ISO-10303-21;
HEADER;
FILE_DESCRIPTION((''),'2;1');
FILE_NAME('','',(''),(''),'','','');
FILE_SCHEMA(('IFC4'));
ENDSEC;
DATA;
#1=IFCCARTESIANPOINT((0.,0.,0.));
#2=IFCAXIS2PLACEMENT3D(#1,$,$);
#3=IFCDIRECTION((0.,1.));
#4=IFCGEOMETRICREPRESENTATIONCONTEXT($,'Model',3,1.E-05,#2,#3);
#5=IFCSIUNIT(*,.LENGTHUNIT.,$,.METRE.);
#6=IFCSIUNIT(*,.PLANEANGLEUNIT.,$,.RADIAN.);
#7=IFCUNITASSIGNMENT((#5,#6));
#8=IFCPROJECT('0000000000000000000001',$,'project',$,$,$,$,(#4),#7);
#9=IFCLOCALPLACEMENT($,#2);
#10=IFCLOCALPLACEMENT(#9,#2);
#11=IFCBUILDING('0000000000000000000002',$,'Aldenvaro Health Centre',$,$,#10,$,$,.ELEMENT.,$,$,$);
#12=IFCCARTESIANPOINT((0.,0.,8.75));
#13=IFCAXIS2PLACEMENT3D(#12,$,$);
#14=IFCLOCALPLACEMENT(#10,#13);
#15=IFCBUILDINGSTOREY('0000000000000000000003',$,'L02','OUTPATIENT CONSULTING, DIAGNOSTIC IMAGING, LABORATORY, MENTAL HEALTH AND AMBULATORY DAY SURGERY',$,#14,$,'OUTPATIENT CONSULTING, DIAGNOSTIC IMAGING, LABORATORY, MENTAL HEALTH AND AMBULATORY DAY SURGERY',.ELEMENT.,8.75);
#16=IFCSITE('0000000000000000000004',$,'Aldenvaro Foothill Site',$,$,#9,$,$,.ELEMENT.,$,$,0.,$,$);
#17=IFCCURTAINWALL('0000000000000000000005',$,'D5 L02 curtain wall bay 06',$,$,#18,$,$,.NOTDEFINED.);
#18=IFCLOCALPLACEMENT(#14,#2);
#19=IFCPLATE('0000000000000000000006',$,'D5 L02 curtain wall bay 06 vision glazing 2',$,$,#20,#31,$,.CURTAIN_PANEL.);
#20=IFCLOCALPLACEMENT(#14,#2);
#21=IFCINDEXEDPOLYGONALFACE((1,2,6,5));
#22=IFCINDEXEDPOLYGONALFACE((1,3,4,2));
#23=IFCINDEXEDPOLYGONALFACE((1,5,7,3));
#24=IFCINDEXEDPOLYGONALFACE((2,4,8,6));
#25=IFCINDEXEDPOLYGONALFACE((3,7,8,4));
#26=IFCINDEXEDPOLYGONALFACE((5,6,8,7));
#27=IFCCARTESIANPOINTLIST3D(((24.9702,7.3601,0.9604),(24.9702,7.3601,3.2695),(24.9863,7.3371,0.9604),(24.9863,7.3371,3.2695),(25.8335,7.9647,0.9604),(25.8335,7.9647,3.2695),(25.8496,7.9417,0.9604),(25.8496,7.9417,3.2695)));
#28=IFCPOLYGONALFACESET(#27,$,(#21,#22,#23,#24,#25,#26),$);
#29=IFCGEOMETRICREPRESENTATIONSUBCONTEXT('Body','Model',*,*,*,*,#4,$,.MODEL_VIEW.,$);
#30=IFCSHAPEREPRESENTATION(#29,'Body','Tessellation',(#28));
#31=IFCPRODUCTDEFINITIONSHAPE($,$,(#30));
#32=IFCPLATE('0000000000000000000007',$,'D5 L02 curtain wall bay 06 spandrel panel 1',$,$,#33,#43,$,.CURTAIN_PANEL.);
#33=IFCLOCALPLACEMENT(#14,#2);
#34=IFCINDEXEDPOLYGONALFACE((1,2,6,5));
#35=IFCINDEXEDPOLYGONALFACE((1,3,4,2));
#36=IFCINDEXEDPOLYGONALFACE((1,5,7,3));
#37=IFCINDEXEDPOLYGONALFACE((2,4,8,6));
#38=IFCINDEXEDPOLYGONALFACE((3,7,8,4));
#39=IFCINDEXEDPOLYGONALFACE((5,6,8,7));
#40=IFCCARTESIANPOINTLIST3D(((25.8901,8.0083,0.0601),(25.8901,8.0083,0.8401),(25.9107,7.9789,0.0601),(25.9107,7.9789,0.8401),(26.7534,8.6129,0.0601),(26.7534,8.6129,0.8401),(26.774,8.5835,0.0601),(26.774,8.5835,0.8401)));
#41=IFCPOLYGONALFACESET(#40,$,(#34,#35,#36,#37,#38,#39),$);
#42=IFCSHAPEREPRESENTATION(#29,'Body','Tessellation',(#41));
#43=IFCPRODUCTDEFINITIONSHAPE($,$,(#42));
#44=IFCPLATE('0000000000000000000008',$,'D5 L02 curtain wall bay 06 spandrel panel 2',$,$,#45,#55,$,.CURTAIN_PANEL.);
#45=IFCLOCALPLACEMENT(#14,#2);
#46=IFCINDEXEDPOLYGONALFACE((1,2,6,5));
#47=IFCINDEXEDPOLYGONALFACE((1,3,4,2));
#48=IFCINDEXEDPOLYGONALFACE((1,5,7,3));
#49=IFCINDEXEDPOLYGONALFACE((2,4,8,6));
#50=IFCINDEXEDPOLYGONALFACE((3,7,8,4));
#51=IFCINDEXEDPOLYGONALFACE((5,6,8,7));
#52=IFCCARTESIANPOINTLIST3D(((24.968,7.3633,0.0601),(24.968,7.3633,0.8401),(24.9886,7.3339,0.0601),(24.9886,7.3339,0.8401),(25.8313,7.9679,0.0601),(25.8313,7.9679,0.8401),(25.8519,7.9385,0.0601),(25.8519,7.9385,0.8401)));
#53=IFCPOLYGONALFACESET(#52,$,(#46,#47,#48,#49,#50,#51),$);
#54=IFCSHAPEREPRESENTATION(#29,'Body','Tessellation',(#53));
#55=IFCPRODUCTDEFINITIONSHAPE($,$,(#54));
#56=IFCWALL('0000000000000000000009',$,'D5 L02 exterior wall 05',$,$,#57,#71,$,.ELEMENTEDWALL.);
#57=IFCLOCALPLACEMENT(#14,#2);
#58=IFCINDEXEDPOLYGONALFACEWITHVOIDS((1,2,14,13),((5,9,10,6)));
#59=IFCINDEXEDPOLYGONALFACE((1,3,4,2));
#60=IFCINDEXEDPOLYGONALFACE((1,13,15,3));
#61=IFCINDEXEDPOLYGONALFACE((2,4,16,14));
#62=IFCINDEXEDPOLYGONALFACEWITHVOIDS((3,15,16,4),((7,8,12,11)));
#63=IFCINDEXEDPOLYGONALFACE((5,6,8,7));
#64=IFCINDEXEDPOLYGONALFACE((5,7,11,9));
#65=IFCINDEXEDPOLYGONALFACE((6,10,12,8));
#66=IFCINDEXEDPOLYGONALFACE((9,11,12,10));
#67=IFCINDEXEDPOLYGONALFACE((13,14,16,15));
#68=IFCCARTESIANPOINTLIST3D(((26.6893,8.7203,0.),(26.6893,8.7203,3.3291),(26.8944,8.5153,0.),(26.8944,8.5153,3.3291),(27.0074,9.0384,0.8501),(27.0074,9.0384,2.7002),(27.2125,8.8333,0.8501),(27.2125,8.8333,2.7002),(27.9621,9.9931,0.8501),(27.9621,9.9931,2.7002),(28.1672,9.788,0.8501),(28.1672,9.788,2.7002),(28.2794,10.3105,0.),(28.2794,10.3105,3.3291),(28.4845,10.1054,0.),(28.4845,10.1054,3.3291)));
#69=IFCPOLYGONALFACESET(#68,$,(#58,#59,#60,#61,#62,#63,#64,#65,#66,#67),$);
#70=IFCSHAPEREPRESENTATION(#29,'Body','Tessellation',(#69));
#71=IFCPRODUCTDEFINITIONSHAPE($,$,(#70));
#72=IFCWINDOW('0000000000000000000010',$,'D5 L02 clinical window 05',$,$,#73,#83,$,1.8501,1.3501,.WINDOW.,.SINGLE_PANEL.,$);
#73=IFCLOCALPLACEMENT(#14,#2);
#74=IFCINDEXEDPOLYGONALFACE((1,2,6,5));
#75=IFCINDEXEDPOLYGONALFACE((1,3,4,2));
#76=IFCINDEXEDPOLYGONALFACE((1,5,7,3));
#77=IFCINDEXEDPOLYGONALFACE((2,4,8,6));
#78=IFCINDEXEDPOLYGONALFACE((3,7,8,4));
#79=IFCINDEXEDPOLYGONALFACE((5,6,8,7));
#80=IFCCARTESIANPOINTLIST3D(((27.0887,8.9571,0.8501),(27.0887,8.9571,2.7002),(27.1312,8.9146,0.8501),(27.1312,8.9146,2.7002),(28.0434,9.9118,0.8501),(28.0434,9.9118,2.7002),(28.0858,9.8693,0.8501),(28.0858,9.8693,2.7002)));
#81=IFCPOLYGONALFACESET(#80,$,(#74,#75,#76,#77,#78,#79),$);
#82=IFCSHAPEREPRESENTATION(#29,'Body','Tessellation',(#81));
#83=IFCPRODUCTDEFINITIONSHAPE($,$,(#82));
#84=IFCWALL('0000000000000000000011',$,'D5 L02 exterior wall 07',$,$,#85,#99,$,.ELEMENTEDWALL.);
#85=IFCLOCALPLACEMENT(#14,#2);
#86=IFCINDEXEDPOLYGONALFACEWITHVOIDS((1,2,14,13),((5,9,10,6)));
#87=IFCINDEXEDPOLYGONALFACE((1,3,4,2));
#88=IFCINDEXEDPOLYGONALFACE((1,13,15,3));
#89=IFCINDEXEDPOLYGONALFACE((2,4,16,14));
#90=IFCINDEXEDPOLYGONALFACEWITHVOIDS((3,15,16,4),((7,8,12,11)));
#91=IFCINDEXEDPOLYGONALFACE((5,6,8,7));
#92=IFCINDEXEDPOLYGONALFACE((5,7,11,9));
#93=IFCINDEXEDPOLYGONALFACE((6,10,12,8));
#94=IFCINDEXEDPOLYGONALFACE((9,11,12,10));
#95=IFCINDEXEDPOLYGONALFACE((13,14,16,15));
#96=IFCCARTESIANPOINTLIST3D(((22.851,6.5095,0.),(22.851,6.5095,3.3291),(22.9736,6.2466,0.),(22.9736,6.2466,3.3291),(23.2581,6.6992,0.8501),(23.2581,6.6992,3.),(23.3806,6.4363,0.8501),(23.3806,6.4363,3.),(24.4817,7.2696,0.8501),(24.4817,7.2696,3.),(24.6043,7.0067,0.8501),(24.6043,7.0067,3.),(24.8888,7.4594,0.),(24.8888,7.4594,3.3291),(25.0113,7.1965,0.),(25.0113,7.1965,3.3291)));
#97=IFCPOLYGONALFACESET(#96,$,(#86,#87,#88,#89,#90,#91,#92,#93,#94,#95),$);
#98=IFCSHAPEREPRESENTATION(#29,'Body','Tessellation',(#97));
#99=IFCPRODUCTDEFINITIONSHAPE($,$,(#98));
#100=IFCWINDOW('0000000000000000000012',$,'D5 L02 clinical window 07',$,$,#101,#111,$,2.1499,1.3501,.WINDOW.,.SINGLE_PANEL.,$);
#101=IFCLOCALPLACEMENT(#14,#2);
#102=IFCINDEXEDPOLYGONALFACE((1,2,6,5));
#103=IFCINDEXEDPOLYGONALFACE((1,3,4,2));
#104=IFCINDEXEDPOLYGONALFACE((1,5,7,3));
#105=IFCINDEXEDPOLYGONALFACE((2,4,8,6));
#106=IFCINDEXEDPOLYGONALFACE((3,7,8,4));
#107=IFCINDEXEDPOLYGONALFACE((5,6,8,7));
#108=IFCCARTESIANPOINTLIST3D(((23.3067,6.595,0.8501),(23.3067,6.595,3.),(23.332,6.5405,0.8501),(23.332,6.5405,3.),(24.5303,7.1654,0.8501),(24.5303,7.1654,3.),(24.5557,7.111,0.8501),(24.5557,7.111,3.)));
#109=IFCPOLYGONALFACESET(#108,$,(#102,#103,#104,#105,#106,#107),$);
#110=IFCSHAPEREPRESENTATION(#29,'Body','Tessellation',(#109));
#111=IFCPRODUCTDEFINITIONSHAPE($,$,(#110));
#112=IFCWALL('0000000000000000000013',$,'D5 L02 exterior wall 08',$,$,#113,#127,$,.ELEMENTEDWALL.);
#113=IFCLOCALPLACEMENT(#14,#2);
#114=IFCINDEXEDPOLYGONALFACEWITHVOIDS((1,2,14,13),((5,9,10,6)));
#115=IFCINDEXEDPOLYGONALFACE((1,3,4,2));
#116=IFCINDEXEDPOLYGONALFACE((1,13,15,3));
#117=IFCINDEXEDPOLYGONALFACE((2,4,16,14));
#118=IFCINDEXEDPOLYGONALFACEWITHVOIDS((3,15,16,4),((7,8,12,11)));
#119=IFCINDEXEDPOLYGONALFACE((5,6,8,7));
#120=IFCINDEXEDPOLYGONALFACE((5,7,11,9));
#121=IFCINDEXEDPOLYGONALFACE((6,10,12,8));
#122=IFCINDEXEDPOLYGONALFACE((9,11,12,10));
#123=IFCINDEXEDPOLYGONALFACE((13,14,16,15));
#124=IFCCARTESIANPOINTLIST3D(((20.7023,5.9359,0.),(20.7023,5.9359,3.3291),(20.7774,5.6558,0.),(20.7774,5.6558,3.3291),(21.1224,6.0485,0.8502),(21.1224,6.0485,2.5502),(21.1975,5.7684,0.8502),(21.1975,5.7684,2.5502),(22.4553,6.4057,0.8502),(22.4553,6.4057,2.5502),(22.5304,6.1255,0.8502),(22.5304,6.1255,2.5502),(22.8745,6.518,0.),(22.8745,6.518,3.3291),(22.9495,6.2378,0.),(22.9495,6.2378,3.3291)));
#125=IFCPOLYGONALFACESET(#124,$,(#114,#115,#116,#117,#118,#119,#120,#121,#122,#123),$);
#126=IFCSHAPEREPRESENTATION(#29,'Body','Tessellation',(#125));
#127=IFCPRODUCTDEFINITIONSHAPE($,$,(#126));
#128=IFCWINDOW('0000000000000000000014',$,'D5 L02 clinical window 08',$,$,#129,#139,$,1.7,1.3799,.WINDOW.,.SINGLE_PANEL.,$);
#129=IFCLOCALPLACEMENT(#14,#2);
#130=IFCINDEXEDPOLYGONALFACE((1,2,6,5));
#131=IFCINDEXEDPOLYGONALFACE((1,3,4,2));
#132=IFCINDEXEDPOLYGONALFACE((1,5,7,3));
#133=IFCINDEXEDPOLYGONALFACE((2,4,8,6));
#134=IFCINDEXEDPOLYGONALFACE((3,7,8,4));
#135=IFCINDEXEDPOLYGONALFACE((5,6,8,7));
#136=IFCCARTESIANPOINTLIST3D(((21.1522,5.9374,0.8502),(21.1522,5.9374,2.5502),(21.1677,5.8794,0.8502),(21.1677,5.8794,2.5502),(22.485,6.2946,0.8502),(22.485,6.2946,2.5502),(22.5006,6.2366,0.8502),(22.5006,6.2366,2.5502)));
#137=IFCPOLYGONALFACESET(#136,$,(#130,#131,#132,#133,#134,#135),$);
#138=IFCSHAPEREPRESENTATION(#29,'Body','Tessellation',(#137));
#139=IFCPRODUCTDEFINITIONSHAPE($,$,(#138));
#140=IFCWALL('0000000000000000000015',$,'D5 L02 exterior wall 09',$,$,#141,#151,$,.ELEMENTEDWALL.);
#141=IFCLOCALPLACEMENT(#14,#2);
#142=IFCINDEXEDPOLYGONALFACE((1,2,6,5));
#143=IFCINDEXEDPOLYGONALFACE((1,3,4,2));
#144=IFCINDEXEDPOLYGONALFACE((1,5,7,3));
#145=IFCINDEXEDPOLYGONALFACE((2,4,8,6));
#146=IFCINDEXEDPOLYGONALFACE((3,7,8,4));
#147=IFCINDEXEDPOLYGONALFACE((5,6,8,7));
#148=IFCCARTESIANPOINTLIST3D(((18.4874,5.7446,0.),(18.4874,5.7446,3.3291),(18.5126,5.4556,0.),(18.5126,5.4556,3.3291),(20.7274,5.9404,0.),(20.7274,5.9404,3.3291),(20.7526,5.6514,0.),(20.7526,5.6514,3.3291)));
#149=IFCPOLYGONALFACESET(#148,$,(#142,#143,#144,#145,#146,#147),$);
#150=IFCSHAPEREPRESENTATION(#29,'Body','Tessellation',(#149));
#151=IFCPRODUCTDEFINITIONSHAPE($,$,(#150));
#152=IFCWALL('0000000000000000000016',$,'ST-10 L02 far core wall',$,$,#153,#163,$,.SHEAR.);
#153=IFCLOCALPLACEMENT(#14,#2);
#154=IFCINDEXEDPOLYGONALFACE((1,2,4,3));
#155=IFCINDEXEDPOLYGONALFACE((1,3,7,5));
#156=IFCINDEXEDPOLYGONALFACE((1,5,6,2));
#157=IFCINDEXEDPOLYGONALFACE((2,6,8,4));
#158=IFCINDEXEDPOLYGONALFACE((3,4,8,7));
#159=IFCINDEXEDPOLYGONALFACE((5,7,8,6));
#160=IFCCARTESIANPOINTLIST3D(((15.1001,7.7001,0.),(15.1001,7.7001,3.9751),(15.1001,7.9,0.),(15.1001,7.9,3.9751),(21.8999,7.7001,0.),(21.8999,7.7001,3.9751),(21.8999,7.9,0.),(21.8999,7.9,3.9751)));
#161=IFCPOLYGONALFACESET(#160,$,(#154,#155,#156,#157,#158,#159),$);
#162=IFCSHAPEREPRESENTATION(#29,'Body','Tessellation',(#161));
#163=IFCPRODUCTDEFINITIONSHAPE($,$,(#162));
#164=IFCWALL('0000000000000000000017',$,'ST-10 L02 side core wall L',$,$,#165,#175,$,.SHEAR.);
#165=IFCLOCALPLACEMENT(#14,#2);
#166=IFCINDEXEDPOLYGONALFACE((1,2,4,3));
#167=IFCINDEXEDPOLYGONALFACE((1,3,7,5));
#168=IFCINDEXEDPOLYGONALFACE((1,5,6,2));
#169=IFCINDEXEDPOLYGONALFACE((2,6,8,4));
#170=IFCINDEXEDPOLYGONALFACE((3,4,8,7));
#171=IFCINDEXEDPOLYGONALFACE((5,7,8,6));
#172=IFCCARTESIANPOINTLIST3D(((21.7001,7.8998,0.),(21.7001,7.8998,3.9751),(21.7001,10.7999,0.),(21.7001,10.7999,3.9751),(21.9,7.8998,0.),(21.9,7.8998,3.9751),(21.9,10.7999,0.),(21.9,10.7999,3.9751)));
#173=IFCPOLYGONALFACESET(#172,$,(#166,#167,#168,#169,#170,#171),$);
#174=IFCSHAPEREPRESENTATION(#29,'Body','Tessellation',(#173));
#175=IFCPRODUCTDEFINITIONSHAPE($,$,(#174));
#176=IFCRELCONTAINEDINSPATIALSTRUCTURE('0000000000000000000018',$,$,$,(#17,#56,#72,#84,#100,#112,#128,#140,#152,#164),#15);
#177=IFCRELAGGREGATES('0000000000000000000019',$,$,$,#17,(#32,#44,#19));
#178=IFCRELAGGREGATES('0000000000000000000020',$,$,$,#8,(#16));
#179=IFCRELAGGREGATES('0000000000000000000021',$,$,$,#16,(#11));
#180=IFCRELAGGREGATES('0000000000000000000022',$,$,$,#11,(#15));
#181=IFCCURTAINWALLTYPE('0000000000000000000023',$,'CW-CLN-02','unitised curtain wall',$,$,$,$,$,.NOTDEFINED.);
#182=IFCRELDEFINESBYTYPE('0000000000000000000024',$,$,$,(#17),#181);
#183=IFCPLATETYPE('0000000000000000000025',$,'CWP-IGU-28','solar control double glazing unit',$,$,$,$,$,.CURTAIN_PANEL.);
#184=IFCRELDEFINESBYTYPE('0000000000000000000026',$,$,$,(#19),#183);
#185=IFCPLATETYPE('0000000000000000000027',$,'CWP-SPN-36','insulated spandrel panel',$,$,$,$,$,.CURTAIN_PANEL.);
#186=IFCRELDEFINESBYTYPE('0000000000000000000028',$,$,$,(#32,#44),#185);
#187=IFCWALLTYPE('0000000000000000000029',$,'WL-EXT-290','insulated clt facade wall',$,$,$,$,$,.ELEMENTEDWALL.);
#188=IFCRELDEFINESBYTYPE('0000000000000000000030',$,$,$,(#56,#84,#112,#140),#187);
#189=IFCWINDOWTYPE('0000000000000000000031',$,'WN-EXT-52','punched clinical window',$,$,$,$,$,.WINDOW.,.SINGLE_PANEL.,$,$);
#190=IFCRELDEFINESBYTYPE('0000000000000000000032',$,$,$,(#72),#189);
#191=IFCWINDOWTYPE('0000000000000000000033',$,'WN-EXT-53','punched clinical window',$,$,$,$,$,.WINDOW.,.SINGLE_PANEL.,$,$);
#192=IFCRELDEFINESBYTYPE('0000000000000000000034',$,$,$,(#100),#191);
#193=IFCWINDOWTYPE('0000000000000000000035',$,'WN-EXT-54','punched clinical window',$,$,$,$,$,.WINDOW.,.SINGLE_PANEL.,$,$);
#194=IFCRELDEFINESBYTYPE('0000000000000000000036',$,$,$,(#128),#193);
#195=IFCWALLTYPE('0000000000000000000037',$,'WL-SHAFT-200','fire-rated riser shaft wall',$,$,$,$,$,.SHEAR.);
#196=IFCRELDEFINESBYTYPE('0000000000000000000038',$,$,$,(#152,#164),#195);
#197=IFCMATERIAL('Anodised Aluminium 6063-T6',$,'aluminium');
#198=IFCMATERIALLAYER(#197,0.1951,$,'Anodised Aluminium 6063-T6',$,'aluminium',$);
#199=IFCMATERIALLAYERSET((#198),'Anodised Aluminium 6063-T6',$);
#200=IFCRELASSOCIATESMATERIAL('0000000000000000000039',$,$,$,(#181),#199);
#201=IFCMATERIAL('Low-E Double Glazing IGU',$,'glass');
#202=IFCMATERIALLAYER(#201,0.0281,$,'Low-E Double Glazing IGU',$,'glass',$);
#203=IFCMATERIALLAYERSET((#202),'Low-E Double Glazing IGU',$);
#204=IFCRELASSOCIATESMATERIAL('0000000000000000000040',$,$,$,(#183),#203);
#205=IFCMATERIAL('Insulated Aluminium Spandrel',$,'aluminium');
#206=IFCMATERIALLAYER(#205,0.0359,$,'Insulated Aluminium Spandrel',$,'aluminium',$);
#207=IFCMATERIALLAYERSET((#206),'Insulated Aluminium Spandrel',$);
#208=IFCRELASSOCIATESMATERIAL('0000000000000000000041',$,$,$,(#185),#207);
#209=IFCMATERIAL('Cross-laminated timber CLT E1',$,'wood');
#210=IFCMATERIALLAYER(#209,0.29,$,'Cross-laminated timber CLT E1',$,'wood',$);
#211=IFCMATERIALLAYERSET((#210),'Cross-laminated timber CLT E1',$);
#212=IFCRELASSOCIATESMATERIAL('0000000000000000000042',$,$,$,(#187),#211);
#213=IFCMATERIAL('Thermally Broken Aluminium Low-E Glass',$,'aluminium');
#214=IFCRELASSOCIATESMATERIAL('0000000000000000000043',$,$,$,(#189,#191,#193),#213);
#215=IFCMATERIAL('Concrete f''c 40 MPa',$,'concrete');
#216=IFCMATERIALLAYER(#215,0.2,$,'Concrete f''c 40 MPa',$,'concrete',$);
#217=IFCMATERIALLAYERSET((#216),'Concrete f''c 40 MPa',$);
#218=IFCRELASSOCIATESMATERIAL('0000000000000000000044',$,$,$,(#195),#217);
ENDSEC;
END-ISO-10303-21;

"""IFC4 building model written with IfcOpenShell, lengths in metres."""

from ifc_helpers import new_model, si_unit, direction, frame, frame_2d, origin, origin_2d, place, context, subcontext, project, spatial, rectangle, extrude, material, layer, layer_set, type_object, element, fill, aggregate, save


model = new_model("IFC4")

# Units and contexts
model_context = context("Model", 3, precision=1e-05, world=origin(), true_north=direction((0.0, 1.0)))
body_context = subcontext(model_context, "Body", "Model", "MODEL_VIEW")
ifc_project = project(units=[si_unit("LENGTHUNIT", "METRE"), si_unit("PLANEANGLEUNIT", "RADIAN")], contexts=[model_context])

# Site, building, storey
site_placement = place(None, origin())
site = spatial("IfcSite", under=ifc_project, at=site_placement, Name="Aldenvaro Foothill Site", CompositionType="ELEMENT", RefElevation=0.0)
building_placement = place(site_placement, origin())
building = spatial("IfcBuilding", under=site, at=building_placement, Name="Aldenvaro Health Centre", CompositionType="ELEMENT")
storey_placement = place(building_placement, frame((0.0, 0.0, 8.75)))
storey = spatial("IfcBuildingStorey", under=building, at=storey_placement, Name="L02", Description="OUTPATIENT CONSULTING, DIAGNOSTIC IMAGING, LABORATORY, MENTAL HEALTH AND AMBULATORY DAY SURGERY", LongName="OUTPATIENT CONSULTING, DIAGNOSTIC IMAGING, LABORATORY, MENTAL HEALTH AND AMBULATORY DAY SURGERY", CompositionType="ELEMENT", Elevation=8.75)

# Curtain wall
ifc_material_1 = material(Name="Anodised Aluminium 6063-T6", Category="aluminium")
ifc_layer_1 = layer(ifc_material_1, 0.1951, Name="Anodised Aluminium 6063-T6", Category="aluminium")
ifc_layer_set_1 = layer_set([ifc_layer_1], Name="Anodised Aluminium 6063-T6")
curtain_wall_type = type_object("IfcCurtainWallType", Name="CW-CLN-02", Description="unitised curtain wall", PredefinedType="NOTDEFINED", material=ifc_layer_set_1)
curtain_wall_placement = place(storey_placement, origin())
curtain_wall = element("IfcCurtainWall", 1, at=curtain_wall_placement, inside=storey, type_object=curtain_wall_type, Name="D5 L02 curtain wall bay 06", PredefinedType="NOTDEFINED")

# Plates
ifc_material_2 = material(Name="Low-E Double Glazing IGU", Category="glass")
ifc_layer_2 = layer(ifc_material_2, 0.0281, Name="Low-E Double Glazing IGU", Category="glass")
ifc_layer_set_2 = layer_set([ifc_layer_2], Name="Low-E Double Glazing IGU")
plate_type_1 = type_object("IfcPlateType", Name="CWP-IGU-28", Description="solar control double glazing unit", PredefinedType="CURTAIN_PANEL", material=ifc_layer_set_2)
plate_1_placement = place(storey_placement, frame((25.4099, 7.6509, 0.9604), z_axis=(0.0, 0.0, 1.0), x_axis=(-0.819107, -0.573641, 0.0)))
plate_1 = element("IfcPlate", 2, at=plate_1_placement, type_object=plate_type_1, Name="D5 L02 curtain wall bay 06 vision glazing 2", PredefinedType="CURTAIN_PANEL", context=body_context, shape_type="SweptSolid", body=[
    extrude(rectangle(XDim=1.054, YDim=0.0281, at=origin_2d()), origin(), (0.0, 0.0, 1.0), 2.3091),
])
ifc_material_3 = material(Name="Insulated Aluminium Spandrel", Category="aluminium")
ifc_layer_3 = layer(ifc_material_3, 0.0359, Name="Insulated Aluminium Spandrel", Category="aluminium")
ifc_layer_set_3 = layer_set([ifc_layer_3], Name="Insulated Aluminium Spandrel")
plate_type_2 = type_object("IfcPlateType", Name="CWP-SPN-36", Description="insulated spandrel panel", PredefinedType="CURTAIN_PANEL", material=ifc_layer_set_3)
plate_2_placement = place(storey_placement, frame((26.332, 8.2959, 0.0601), z_axis=(0.0, 0.0, 1.0), x_axis=(-0.819107, -0.573641, 0.0)))
plate_2 = element("IfcPlate", 3, at=plate_2_placement, type_object=plate_type_2, Name="D5 L02 curtain wall bay 06 spandrel panel 1", PredefinedType="CURTAIN_PANEL", context=body_context, shape_type="SweptSolid", body=[
    extrude(rectangle(XDim=1.054, YDim=0.0359, at=origin_2d()), origin(), (0.0, 0.0, 1.0), 0.78),
])
plate_3_placement = place(storey_placement, frame((25.4099, 7.6509, 0.0601), z_axis=(0.0, 0.0, 1.0), x_axis=(-0.819107, -0.573641, 0.0)))
plate_3 = element("IfcPlate", 4, at=plate_3_placement, type_object=plate_type_2, Name="D5 L02 curtain wall bay 06 spandrel panel 2", PredefinedType="CURTAIN_PANEL", context=body_context, shape_type="SweptSolid", body=[
    extrude(rectangle(XDim=1.054, YDim=0.0359, at=origin_2d()), origin(), (0.0, 0.0, 1.0), 0.78),
])
aggregate(curtain_wall, [plate_2, plate_3, plate_1])

# Walls, openings, windows
ifc_material_4 = material(Name="Cross-laminated timber CLT E1", Category="wood")
ifc_layer_4 = layer(ifc_material_4, 0.29, Name="Cross-laminated timber CLT E1", Category="wood")
ifc_layer_set_4 = layer_set([ifc_layer_4], Name="Cross-laminated timber CLT E1")
wall_type_1 = type_object("IfcWallType", Name="WL-EXT-290", Description="insulated clt facade wall", PredefinedType="ELEMENTEDWALL", material=ifc_layer_set_4)
wall_1_placement = place(storey_placement, frame((28.3821, 10.208, 0.0), z_axis=(0.0, 0.0, 1.0), x_axis=(-0.707107, -0.707107, 0.0)))
wall_1 = element("IfcWall", 5, at=wall_1_placement, inside=storey, type_object=wall_type_1, Name="D5 L02 exterior wall 05", PredefinedType="ELEMENTEDWALL", context=body_context, shape_type="SweptSolid", body=[
    extrude(rectangle(XDim=2.2488, YDim=0.29, at=frame_2d((1.1245, 0.0))), origin(), (0.0, 0.0, 1.0), 3.3291),
])
opening_1_placement = place(wall_1_placement, frame((0.449, 0.0, 0.8501)))
opening_1 = element("IfcOpeningElement", 6, at=opening_1_placement, cuts=wall_1, PredefinedType="OPENING", context=body_context, shape_type="SweptSolid", body=[
    extrude(rectangle(XDim=1.3501, YDim=1.8501, at=frame_2d((0.675, 0.925))), frame((0.0, 0.155, 0.0), z_axis=(0.0, -1.0, 0.0), x_axis=(1.0, 0.0, 0.0)), (0.0, 0.0, 1.0), 0.3101),
])
ifc_material_5 = material(Name="Thermally Broken Aluminium Low-E Glass", Category="aluminium")
window_type_1 = type_object("IfcWindowType", Name="WN-EXT-52", Description="punched clinical window", PartitioningType="SINGLE_PANEL", PredefinedType="WINDOW", material=ifc_material_5)
window_1_placement = place(opening_1_placement, origin())
window_1 = element("IfcWindow", 7, at=window_1_placement, inside=storey, type_object=window_type_1, Name="D5 L02 clinical window 05", OverallHeight=1.8501, OverallWidth=1.3501, PartitioningType="SINGLE_PANEL", PredefinedType="WINDOW", context=body_context, shape_type="SweptSolid", body=[
    extrude(rectangle(XDim=1.3501, YDim=1.8501, at=frame_2d((0.675, 0.925))), frame((0.0, 0.03, 0.0), z_axis=(0.0, -1.0, 0.0), x_axis=(1.0, 0.0, 0.0)), (0.0, 0.0, 1.0), 0.0601),
])
fill(opening_1, window_1)
wall_2_placement = place(storey_placement, frame((24.95, 7.3279, 0.0), z_axis=(0.0, 0.0, 1.0), x_axis=(-0.906361, -0.422505, 0.0)))
wall_2 = element("IfcWall", 8, at=wall_2_placement, inside=storey, type_object=wall_type_1, Name="D5 L02 exterior wall 07", PredefinedType="ELEMENTEDWALL", context=body_context, shape_type="SweptSolid", body=[
    extrude(rectangle(XDim=2.2483, YDim=0.29, at=frame_2d((1.124, 0.0))), origin(), (0.0, 0.0, 1.0), 3.3291),
])
opening_2_placement = place(wall_2_placement, frame((0.449, 0.0, 0.8501)))
opening_2 = element("IfcOpeningElement", 9, at=opening_2_placement, cuts=wall_2, PredefinedType="OPENING", context=body_context, shape_type="SweptSolid", body=[
    extrude(rectangle(XDim=1.3501, YDim=2.1499, at=frame_2d((0.675, 1.075))), frame((0.0, 0.155, 0.0), z_axis=(0.0, -1.0, 0.0), x_axis=(1.0, 0.0, 0.0)), (0.0, 0.0, 1.0), 0.3101),
])
window_type_2 = type_object("IfcWindowType", Name="WN-EXT-53", Description="punched clinical window", PartitioningType="SINGLE_PANEL", PredefinedType="WINDOW", material=ifc_material_5)
window_2_placement = place(opening_2_placement, origin())
window_2 = element("IfcWindow", 10, at=window_2_placement, inside=storey, type_object=window_type_2, Name="D5 L02 clinical window 07", OverallHeight=2.1499, OverallWidth=1.3501, PartitioningType="SINGLE_PANEL", PredefinedType="WINDOW", context=body_context, shape_type="SweptSolid", body=[
    extrude(rectangle(XDim=1.3501, YDim=2.1499, at=frame_2d((0.675, 1.075))), frame((0.0, 0.03, 0.0), z_axis=(0.0, -1.0, 0.0), x_axis=(1.0, 0.0, 0.0)), (0.0, 0.0, 1.0), 0.0601),
])
fill(opening_2, window_2)
wall_3_placement = place(storey_placement, frame((22.9121, 6.3779, 0.0), z_axis=(0.0, 0.0, 1.0), x_axis=(-0.965924, -0.258825, 0.0)))
wall_3 = element("IfcWall", 11, at=wall_3_placement, inside=storey, type_object=wall_type_1, Name="D5 L02 exterior wall 08", PredefinedType="ELEMENTEDWALL", context=body_context, shape_type="SweptSolid", body=[
    extrude(rectangle(XDim=2.2488, YDim=0.29, at=frame_2d((1.1245, 0.0))), origin(), (0.0, 0.0, 1.0), 3.3291),
])
opening_3_placement = place(wall_3_placement, frame((0.4341, 0.0, 0.8501)))
opening_3 = element("IfcOpeningElement", 12, at=opening_3_placement, cuts=wall_3, PredefinedType="OPENING", context=body_context, shape_type="SweptSolid", body=[
    extrude(rectangle(XDim=1.3799, YDim=1.7, at=frame_2d((0.6899, 0.8501))), frame((0.0, 0.155, 0.0), z_axis=(0.0, -1.0, 0.0), x_axis=(1.0, 0.0, 0.0)), (0.0, 0.0, 1.0), 0.3101),
])
window_type_3 = type_object("IfcWindowType", Name="WN-EXT-54", Description="punched clinical window", PartitioningType="SINGLE_PANEL", PredefinedType="WINDOW", material=ifc_material_5)
window_3_placement = place(opening_3_placement, origin())
window_3 = element("IfcWindow", 13, at=window_3_placement, inside=storey, type_object=window_type_3, Name="D5 L02 clinical window 08", OverallHeight=1.7, OverallWidth=1.3799, PartitioningType="SINGLE_PANEL", PredefinedType="WINDOW", context=body_context, shape_type="SweptSolid", body=[
    extrude(rectangle(XDim=1.3799, YDim=1.7, at=frame_2d((0.6899, 0.8501))), frame((0.0, 0.03, 0.0), z_axis=(0.0, -1.0, 0.0), x_axis=(1.0, 0.0, 0.0)), (0.0, 0.0, 1.0), 0.0601),
])
fill(opening_3, window_3)

# Walls
wall_4_placement = place(storey_placement, frame((20.74, 5.7959, 0.0), z_axis=(0.0, 0.0, 1.0), x_axis=(-0.996201, -0.087079, 0.0)))
element("IfcWall", 14, at=wall_4_placement, inside=storey, type_object=wall_type_1, Name="D5 L02 exterior wall 09", PredefinedType="ELEMENTEDWALL", context=body_context, shape_type="SweptSolid", body=[
    extrude(rectangle(XDim=2.2485, YDim=0.29, at=frame_2d((1.1243, 0.0))), origin(), (0.0, 0.0, 1.0), 3.3291),
])
ifc_material_6 = material(Name="Concrete f'c 40 MPa", Category="concrete")
ifc_layer_5 = layer(ifc_material_6, 0.2, Name="Concrete f'c 40 MPa", Category="concrete")
ifc_layer_set_5 = layer_set([ifc_layer_5], Name="Concrete f'c 40 MPa")
wall_type_2 = type_object("IfcWallType", Name="WL-SHAFT-200", Description="fire-rated riser shaft wall", PredefinedType="SHEAR", material=ifc_layer_set_5)
wall_5_placement = place(storey_placement, frame((21.8999, 7.8, 0.0), z_axis=(0.0, 0.0, 1.0), x_axis=(-1.0, 0.0, 0.0)))
element("IfcWall", 15, at=wall_5_placement, inside=storey, type_object=wall_type_2, Name="ST-10 L02 far core wall", PredefinedType="SHEAR", context=body_context, shape_type="SweptSolid", body=[
    extrude(rectangle(XDim=6.7998, YDim=0.2, at=frame_2d((3.3999, 0.0))), origin(), (0.0, 0.0, 1.0), 3.9751),
])
wall_6_placement = place(storey_placement, frame((21.8, 10.8, 0.0), z_axis=(0.0, 0.0, 1.0), x_axis=(0.0, -1.0, 0.0)))
element("IfcWall", 16, at=wall_6_placement, inside=storey, type_object=wall_type_2, Name="ST-10 L02 side core wall L", PredefinedType="SHEAR", context=body_context, shape_type="SweptSolid", body=[
    extrude(rectangle(XDim=2.9001, YDim=0.2, at=frame_2d((1.4502, 0.0))), origin(), (0.0, 0.0, 1.0), 3.9751),
])

save(model, "model.ifc")
